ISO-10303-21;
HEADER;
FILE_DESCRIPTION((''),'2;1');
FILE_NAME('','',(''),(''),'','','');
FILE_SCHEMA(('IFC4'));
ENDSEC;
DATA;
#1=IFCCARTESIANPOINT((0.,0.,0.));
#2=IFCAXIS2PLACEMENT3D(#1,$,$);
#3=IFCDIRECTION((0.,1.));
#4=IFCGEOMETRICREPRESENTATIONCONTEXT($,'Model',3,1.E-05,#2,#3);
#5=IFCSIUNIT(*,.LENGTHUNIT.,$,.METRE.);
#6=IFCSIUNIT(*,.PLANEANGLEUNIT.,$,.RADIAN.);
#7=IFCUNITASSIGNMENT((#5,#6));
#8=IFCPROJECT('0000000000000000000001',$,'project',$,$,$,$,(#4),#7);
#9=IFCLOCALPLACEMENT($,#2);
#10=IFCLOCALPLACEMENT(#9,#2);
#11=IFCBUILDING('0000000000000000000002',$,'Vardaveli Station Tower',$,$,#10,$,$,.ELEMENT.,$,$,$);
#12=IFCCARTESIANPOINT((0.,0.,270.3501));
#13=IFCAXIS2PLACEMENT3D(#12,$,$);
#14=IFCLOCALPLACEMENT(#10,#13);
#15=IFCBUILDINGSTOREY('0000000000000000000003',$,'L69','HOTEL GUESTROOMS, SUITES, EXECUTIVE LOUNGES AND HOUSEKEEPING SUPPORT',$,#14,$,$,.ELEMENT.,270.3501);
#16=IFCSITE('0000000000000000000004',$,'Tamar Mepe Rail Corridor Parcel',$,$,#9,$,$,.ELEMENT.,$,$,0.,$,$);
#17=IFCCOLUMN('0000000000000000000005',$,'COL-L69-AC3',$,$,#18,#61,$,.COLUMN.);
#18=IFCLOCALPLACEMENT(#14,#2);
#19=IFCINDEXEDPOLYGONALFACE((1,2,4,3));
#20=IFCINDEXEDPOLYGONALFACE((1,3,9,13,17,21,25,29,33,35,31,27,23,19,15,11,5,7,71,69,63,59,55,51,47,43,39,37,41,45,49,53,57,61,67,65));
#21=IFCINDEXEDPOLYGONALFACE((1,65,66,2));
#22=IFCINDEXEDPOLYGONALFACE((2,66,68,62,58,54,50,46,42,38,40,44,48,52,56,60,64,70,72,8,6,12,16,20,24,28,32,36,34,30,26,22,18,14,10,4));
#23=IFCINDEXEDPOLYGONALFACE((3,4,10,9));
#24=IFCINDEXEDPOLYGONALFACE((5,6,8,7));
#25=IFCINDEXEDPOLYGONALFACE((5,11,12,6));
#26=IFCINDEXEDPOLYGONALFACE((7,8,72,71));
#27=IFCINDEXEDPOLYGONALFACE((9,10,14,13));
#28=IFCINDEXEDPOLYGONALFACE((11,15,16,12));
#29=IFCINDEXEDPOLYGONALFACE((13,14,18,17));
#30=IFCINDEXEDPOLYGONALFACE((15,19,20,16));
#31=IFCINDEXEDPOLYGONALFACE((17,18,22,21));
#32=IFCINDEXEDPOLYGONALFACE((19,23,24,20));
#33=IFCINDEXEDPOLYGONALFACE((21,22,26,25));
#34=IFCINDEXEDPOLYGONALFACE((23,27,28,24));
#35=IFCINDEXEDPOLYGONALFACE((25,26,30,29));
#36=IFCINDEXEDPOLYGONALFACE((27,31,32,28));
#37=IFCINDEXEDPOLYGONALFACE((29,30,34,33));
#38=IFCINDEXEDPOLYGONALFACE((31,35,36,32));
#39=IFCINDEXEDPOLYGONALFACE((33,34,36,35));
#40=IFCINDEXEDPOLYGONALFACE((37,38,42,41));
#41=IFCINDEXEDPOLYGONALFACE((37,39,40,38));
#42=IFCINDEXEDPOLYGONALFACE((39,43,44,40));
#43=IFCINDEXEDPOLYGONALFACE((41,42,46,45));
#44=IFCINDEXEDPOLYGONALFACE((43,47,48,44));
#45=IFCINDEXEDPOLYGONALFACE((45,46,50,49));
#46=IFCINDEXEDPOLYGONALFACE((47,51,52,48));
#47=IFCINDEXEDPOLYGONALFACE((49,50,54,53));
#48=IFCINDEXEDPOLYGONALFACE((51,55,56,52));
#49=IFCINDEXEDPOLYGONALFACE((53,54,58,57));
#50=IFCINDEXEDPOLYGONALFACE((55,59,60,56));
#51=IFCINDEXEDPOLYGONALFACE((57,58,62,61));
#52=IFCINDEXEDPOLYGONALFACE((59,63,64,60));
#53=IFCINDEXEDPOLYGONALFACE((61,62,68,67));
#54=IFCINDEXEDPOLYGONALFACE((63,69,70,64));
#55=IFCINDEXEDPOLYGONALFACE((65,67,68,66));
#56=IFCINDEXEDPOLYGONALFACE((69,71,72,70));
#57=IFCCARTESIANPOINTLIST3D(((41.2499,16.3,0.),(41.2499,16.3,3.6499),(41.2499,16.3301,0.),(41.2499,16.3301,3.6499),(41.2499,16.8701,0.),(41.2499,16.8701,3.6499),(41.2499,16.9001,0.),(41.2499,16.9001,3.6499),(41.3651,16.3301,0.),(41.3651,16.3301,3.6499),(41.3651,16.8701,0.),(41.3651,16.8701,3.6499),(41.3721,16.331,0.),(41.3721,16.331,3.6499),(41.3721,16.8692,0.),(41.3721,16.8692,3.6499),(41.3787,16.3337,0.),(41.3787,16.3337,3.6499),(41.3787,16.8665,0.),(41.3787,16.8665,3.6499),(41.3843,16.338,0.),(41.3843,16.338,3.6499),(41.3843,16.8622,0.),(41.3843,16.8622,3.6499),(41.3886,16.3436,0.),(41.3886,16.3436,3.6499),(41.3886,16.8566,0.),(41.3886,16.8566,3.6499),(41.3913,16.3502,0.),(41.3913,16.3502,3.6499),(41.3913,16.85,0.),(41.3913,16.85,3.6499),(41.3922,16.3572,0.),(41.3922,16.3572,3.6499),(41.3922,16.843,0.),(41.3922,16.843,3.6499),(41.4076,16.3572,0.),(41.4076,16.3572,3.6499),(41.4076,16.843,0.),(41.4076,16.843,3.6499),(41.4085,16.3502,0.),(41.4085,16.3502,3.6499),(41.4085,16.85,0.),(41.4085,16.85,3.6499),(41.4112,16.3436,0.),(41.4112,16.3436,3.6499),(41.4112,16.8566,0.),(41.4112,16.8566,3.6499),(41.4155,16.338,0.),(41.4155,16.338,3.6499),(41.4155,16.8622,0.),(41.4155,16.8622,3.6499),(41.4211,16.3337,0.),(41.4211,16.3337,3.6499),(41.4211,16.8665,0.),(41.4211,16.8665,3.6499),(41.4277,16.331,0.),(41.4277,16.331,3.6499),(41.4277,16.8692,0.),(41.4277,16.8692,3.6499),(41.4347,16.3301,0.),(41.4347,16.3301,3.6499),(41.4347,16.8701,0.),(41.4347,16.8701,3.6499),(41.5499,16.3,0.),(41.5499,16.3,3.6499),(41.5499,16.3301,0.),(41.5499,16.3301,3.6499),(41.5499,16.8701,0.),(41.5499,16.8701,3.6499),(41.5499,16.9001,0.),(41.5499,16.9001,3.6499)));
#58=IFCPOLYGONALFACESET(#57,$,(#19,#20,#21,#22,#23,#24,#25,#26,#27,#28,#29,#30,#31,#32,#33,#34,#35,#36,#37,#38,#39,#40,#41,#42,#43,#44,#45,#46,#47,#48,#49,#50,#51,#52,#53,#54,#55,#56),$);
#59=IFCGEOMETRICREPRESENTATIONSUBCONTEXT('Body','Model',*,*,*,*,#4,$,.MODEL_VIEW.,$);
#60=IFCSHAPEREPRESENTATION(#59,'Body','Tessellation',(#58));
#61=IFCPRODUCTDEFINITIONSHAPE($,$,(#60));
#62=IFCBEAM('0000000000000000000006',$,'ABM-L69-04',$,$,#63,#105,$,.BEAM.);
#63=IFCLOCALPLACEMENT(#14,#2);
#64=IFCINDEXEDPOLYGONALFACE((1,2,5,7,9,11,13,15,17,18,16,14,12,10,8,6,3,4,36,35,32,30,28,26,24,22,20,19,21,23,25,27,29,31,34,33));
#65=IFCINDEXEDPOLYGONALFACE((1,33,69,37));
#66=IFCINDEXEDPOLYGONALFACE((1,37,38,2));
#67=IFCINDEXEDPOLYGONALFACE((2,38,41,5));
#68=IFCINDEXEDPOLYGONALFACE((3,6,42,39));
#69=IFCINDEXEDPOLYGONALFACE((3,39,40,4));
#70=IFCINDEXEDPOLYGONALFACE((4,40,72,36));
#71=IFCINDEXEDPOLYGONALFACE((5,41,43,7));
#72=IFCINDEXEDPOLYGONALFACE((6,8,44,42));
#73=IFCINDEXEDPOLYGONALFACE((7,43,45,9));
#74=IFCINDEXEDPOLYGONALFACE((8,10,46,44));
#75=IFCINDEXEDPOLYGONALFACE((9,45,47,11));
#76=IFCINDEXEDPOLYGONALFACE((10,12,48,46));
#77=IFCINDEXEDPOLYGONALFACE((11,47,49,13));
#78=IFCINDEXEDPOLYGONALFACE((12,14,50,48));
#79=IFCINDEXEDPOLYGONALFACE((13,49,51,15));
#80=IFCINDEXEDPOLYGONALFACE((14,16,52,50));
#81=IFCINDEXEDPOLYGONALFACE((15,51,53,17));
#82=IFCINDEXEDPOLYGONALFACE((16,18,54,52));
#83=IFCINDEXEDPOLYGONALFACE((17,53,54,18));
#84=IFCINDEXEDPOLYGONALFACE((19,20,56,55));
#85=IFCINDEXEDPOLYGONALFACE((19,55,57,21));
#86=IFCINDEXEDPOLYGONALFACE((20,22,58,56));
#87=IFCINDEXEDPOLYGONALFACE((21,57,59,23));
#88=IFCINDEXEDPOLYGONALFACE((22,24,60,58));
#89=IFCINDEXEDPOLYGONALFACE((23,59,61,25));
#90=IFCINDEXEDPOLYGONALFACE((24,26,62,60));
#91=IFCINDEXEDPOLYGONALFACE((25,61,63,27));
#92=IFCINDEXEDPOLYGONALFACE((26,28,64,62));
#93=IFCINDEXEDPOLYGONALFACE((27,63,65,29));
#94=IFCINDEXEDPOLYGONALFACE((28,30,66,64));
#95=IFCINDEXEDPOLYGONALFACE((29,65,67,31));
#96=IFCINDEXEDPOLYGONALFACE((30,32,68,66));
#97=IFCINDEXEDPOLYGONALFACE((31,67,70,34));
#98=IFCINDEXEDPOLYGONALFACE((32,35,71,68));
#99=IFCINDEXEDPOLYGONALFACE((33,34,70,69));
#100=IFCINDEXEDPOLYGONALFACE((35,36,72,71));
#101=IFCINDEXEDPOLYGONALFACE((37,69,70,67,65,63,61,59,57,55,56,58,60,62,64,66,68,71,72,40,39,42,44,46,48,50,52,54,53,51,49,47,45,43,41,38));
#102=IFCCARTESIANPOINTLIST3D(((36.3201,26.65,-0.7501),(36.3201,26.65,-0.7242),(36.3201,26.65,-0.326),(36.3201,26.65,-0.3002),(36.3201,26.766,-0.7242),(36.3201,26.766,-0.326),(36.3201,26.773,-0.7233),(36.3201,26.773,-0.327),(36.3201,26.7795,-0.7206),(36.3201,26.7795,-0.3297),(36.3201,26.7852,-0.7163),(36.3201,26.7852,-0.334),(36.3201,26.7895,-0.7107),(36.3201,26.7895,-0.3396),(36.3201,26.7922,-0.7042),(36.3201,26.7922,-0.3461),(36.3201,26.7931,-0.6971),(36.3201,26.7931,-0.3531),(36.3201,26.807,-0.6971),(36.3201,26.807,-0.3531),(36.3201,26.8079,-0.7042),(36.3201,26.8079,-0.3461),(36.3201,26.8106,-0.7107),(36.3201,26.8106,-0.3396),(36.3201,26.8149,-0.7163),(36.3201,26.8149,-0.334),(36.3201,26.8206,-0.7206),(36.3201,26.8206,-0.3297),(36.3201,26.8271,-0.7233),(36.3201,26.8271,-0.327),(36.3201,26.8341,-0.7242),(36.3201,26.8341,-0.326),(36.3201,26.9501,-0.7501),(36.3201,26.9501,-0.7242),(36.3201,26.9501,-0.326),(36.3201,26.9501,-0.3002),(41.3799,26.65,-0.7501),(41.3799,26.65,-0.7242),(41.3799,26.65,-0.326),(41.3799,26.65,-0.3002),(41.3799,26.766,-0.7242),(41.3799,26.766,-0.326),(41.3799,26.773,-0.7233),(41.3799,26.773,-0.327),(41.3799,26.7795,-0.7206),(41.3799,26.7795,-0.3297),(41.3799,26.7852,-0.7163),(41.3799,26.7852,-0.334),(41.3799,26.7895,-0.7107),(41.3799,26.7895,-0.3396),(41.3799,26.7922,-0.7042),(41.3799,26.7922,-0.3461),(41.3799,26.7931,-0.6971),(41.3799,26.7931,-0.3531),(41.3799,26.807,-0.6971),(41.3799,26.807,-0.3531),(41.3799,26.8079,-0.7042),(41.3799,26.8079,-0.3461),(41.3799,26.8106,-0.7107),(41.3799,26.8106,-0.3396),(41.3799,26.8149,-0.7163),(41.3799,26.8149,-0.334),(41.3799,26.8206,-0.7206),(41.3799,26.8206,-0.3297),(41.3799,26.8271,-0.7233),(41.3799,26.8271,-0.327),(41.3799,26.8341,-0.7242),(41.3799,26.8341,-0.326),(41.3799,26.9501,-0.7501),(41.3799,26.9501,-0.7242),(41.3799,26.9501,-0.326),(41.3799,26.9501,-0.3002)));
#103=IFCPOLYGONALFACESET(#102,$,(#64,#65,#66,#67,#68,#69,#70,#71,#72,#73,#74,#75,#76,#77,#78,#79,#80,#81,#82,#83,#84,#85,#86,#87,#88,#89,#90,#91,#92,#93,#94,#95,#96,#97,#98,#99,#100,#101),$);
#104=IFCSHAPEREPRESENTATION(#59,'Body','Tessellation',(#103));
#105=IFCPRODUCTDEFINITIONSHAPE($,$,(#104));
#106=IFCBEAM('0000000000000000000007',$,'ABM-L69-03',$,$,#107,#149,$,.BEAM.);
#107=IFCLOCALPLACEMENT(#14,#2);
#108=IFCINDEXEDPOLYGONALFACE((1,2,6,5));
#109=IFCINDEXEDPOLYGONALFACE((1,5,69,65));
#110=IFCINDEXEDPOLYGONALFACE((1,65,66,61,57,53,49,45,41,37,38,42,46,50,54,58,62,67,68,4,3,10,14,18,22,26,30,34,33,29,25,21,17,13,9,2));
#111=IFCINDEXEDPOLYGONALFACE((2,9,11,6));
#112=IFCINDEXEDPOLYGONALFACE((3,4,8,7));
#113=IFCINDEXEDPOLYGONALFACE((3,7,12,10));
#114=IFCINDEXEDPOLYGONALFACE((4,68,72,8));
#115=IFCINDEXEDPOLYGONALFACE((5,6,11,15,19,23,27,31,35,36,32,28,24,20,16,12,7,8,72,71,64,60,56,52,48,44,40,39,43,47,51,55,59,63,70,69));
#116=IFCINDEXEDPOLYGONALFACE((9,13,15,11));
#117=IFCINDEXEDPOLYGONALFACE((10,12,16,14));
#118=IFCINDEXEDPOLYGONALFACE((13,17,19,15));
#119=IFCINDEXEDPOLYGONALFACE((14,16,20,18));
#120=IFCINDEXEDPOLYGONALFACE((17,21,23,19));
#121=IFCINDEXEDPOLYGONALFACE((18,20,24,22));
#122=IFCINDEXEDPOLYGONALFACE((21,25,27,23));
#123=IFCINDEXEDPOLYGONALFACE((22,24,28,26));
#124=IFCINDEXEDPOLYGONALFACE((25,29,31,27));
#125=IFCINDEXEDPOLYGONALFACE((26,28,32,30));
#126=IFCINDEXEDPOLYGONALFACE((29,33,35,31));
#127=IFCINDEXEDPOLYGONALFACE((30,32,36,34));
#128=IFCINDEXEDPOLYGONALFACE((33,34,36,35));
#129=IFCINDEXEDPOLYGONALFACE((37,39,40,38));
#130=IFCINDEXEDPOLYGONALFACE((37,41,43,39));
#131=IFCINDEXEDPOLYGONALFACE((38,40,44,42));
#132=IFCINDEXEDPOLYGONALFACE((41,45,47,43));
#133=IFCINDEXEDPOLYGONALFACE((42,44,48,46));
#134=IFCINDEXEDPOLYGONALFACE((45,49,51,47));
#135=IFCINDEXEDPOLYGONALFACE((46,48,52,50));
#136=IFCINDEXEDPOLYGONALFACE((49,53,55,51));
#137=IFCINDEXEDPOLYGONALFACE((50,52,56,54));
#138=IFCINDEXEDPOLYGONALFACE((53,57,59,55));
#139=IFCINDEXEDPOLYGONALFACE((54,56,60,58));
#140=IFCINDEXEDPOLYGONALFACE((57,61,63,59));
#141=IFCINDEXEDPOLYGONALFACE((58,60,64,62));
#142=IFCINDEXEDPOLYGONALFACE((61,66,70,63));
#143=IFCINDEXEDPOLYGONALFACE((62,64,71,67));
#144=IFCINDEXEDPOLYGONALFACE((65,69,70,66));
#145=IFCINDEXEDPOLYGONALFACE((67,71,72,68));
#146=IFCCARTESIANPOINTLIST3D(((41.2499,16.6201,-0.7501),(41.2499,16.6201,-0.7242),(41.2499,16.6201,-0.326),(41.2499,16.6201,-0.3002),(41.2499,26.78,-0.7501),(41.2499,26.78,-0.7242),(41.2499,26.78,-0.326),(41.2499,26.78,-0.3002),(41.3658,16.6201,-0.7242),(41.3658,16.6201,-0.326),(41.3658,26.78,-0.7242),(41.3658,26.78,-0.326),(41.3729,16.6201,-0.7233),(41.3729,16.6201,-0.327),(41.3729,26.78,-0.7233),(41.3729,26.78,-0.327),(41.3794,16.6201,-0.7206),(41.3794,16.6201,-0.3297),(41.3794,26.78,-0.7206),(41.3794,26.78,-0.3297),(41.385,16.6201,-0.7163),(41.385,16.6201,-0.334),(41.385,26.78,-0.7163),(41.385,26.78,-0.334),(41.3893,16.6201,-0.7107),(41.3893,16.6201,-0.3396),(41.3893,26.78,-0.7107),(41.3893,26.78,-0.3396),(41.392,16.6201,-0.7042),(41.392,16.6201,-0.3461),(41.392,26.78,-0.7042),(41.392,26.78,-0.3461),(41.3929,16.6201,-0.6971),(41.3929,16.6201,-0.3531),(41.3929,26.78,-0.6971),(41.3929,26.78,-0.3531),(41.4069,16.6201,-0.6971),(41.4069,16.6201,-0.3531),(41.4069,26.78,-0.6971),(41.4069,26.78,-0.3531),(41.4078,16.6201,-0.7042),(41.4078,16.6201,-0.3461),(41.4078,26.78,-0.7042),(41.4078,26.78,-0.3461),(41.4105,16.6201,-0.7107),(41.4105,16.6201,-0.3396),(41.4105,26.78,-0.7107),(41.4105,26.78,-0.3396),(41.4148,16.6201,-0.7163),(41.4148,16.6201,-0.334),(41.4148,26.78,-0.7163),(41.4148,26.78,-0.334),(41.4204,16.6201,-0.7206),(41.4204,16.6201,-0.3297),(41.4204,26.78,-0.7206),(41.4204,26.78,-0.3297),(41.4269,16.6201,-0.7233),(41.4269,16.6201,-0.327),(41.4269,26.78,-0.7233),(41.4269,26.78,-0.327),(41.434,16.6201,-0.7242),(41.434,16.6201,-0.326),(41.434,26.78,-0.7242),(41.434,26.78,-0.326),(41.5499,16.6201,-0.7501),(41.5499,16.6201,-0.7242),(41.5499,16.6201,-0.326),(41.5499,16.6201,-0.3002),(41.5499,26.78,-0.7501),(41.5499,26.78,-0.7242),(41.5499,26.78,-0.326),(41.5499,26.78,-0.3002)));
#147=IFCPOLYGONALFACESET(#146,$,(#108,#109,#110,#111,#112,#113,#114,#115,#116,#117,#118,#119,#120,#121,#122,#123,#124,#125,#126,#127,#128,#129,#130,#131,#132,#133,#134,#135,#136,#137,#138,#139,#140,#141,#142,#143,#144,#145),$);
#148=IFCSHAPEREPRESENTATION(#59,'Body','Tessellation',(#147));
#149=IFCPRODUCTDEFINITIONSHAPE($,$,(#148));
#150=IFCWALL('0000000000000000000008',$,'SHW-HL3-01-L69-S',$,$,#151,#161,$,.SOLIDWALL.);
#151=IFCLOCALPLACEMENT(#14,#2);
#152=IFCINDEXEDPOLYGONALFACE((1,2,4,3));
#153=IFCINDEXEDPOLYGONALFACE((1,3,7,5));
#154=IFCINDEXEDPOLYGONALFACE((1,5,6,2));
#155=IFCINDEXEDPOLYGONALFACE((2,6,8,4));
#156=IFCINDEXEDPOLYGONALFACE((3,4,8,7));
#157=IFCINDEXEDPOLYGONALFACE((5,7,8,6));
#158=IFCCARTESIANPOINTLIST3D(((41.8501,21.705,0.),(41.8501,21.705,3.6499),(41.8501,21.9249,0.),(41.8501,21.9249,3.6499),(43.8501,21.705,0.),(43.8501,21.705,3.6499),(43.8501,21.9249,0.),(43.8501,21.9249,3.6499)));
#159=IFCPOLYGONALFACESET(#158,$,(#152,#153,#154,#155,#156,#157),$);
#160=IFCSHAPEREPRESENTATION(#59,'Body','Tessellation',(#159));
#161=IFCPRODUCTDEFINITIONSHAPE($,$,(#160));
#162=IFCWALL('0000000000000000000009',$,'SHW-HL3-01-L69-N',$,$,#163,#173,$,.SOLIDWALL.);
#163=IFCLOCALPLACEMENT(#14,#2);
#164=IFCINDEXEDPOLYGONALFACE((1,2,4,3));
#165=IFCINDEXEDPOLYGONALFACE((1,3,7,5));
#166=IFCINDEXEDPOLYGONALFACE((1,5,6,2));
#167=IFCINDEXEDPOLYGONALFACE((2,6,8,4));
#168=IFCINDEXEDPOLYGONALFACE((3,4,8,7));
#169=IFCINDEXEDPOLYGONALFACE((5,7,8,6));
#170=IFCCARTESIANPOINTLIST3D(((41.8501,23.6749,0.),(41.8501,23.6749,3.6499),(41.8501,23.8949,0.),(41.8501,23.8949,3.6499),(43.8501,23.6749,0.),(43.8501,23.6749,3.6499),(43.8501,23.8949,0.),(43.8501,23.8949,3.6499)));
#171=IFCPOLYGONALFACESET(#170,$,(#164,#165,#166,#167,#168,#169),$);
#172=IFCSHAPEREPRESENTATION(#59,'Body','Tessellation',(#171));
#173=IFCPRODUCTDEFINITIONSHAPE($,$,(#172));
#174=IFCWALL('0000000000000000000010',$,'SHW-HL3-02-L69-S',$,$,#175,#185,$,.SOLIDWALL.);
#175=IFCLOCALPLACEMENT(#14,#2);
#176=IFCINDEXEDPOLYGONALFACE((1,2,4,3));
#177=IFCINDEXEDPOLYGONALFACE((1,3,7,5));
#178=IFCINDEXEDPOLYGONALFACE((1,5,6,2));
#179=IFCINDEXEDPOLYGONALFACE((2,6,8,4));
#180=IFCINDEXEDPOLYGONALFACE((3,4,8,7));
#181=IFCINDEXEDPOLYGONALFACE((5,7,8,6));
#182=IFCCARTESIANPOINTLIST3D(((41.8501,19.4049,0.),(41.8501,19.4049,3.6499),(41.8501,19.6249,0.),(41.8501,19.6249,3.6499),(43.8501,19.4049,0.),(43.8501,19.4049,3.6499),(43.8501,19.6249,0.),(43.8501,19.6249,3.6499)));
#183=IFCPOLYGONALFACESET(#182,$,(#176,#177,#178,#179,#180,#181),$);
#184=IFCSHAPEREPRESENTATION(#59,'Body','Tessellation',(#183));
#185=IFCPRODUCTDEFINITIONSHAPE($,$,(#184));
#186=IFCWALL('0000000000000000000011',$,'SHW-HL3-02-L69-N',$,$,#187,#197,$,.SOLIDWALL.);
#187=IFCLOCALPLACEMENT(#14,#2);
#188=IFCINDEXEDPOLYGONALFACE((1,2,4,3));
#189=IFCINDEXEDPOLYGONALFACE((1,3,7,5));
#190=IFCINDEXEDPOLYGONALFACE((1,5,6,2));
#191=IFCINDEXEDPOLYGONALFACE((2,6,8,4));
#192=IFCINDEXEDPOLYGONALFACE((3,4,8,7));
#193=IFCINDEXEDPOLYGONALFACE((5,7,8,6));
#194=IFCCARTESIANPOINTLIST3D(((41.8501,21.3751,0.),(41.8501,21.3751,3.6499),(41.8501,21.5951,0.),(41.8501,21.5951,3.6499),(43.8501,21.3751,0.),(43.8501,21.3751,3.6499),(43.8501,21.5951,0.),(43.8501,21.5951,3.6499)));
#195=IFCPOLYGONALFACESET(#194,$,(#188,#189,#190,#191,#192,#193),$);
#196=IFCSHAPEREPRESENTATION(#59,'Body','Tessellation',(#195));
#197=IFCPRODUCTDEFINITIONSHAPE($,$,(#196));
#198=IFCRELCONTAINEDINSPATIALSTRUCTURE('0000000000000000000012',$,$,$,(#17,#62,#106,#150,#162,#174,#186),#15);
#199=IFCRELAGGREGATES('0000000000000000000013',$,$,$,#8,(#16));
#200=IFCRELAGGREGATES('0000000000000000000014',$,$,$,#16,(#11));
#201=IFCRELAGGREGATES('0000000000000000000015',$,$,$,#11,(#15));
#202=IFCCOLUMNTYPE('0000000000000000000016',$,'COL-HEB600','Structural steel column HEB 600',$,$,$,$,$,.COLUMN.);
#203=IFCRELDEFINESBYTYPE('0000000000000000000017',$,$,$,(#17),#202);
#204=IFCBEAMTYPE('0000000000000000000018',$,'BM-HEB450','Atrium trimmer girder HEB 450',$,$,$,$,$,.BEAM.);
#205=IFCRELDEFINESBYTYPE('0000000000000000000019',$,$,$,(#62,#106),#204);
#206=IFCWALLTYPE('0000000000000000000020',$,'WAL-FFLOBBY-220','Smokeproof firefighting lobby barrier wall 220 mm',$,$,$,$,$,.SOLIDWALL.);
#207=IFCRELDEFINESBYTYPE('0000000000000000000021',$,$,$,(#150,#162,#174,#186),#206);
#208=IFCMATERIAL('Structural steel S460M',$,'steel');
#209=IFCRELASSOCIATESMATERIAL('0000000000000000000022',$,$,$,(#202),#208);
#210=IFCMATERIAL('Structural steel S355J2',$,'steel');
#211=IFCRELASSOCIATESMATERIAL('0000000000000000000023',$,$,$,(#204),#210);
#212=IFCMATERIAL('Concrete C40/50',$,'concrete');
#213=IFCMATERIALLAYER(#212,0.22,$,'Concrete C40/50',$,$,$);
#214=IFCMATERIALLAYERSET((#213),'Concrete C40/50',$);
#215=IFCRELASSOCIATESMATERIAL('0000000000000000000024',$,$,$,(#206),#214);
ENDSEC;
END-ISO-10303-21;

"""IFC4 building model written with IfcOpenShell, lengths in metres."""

from ifc_helpers import new_model, si_unit, direction, frame, frame_2d, origin, origin_2d, place, context, subcontext, project, spatial, rectangle, i_section, extrude, source, transform, mapped, material, layer, layer_set, material_profile, profile_set, type_object, element, save


model = new_model("IFC4")

# Units and contexts
model_context = context("Model", 3, precision=1e-05, world=origin(), true_north=direction((0.0, 1.0)))
body_context = subcontext(model_context, "Body", "Model", "MODEL_VIEW")
ifc_project = project(units=[si_unit("LENGTHUNIT", "METRE"), si_unit("PLANEANGLEUNIT", "RADIAN")], contexts=[model_context])

# Site, building, storey
site_placement = place(None, origin())
site = spatial("IfcSite", under=ifc_project, at=site_placement, Name="Tamar Mepe Rail Corridor Parcel", CompositionType="ELEMENT", RefElevation=0.0)
building_placement = place(site_placement, origin())
building = spatial("IfcBuilding", under=site, at=building_placement, Name="Vardaveli Station Tower", CompositionType="ELEMENT")
storey_placement = place(building_placement, frame((0.0, 0.0, 270.3501)))
storey = spatial("IfcBuildingStorey", under=building, at=storey_placement, Name="L69", Description="HOTEL GUESTROOMS, SUITES, EXECUTIVE LOUNGES AND HOUSEKEEPING SUPPORT", CompositionType="ELEMENT", Elevation=270.3501)

# Column
ifc_material_1 = material(Name="Structural steel S460M", Category="steel")
ifc_material_profile_1 = material_profile(ifc_material_1, i_section(OverallWidth=0.3, OverallDepth=0.6001, WebThickness=0.0154, FlangeThickness=0.03, FilletRadius=0.0271, at=origin_2d()), Name="HEB 600")
ifc_profile_set_1 = profile_set([ifc_material_profile_1], Name="Structural steel S460M")
column_type = type_object("IfcColumnType", Name="COL-HEB600", Description="Structural steel column HEB 600", PredefinedType="COLUMN", material=ifc_profile_set_1)
shared_shape_1 = source(origin(), body_context, "Body", "SweptSolid", [
    extrude(i_section(OverallWidth=0.3, OverallDepth=0.6001, WebThickness=0.0154, FlangeThickness=0.03, FilletRadius=0.0271, at=origin_2d()), origin(), (0.0, 0.0, 1.0), 3.6499),
])
column_placement = place(storey_placement, frame((41.3999, 16.6001, 0.0), z_axis=(0.0, 0.0, 1.0), x_axis=(1.0, 0.0, 0.0)))
element("IfcColumn", 1, at=column_placement, inside=storey, type_object=column_type, Name="COL-L69-AC3", PredefinedType="COLUMN", context=body_context, shape_type="MappedRepresentation", body=[
    mapped(shared_shape_1, transform((0.0, 0.0, 0.0), scale=1.0)),
])

# Beams
ifc_material_2 = material(Name="Structural steel S355J2", Category="steel")
ifc_material_profile_2 = material_profile(ifc_material_2, i_section(OverallWidth=0.3, OverallDepth=0.45, WebThickness=0.0139, FlangeThickness=0.0259, FilletRadius=0.0271, at=origin_2d()), Name="HEB 450")
ifc_profile_set_2 = profile_set([ifc_material_profile_2], Name="Structural steel S355J2")
beam_type = type_object("IfcBeamType", Name="BM-HEB450", Description="Atrium trimmer girder HEB 450", PredefinedType="BEAM", material=ifc_profile_set_2)
shared_shape_2 = source(origin(), body_context, "Body", "SweptSolid", [
    extrude(i_section(OverallWidth=0.3, OverallDepth=0.45, WebThickness=0.0139, FlangeThickness=0.0259, FilletRadius=0.0271, at=origin_2d()), origin(), (0.0, 0.0, 1.0), 5.0598),
])
beam_1_placement = place(storey_placement, frame((41.3799, 26.8, -0.5251), z_axis=(-1.0, 0.0, 0.0), x_axis=(0.0, -1.0, 0.0)))
element("IfcBeam", 2, at=beam_1_placement, inside=storey, type_object=beam_type, Name="ABM-L69-04", PredefinedType="BEAM", context=body_context, shape_type="MappedRepresentation", body=[
    mapped(shared_shape_2, transform((0.0, 0.0, 0.0), scale=1.0)),
])
shared_shape_3 = source(origin(), body_context, "Body", "SweptSolid", [
    extrude(i_section(OverallWidth=0.3, OverallDepth=0.45, WebThickness=0.0139, FlangeThickness=0.0259, FilletRadius=0.0271, at=origin_2d()), origin(), (0.0, 0.0, 1.0), 10.1599),
])
beam_2_placement = place(storey_placement, frame((41.3999, 16.6201, -0.5251), z_axis=(0.0, 1.0, 0.0), x_axis=(-1.0, 0.0, 0.0)))
element("IfcBeam", 3, at=beam_2_placement, inside=storey, type_object=beam_type, Name="ABM-L69-03", PredefinedType="BEAM", context=body_context, shape_type="MappedRepresentation", body=[
    mapped(shared_shape_3, transform((0.0, 0.0, 0.0), scale=1.0)),
])

# Walls
ifc_material_3 = material(Name="Concrete C40/50", Category="concrete")
ifc_layer_1 = layer(ifc_material_3, 0.22, Name="Concrete C40/50")
ifc_layer_set_1 = layer_set([ifc_layer_1], Name="Concrete C40/50")
wall_type_1 = type_object("IfcWallType", Name="WAL-FFLOBBY-220", Description="Smokeproof firefighting lobby barrier wall 220 mm", PredefinedType="SOLIDWALL", material=ifc_layer_set_1)
shared_shape_4 = source(origin(), body_context, "Body", "SweptSolid", [
    extrude(rectangle(XDim=2.0, YDim=0.22, at=frame_2d((1.0, 0.0))), origin(), (0.0, 0.0, 1.0), 3.6499),
])
for number, where, z_axis, x_axis, name in (
    (4, (41.8501, 21.8149, 0.0), (0.0, 0.0, 1.0), (1.0, 0.0, 0.0), "SHW-HL3-01-L69-S"),
    (5, (41.8501, 23.7849, 0.0), (0.0, 0.0, 1.0), (1.0, 0.0, 0.0), "SHW-HL3-01-L69-N"),
    (6, (41.8501, 19.5149, 0.0), (0.0, 0.0, 1.0), (1.0, 0.0, 0.0), "SHW-HL3-02-L69-S"),
    (7, (41.8501, 21.4851, 0.0), (0.0, 0.0, 1.0), (1.0, 0.0, 0.0), "SHW-HL3-02-L69-N"),
):
    element("IfcWall", number, at=place(storey_placement, frame(where, z_axis=z_axis, x_axis=x_axis)), inside=storey, type_object=wall_type_1, Name=name, PredefinedType="SOLIDWALL", context=body_context, shape_type="MappedRepresentation", body=[
        mapped(shared_shape_4, transform((0.0, 0.0, 0.0), scale=1.0)),
    ])

save(model, "model.ifc")
